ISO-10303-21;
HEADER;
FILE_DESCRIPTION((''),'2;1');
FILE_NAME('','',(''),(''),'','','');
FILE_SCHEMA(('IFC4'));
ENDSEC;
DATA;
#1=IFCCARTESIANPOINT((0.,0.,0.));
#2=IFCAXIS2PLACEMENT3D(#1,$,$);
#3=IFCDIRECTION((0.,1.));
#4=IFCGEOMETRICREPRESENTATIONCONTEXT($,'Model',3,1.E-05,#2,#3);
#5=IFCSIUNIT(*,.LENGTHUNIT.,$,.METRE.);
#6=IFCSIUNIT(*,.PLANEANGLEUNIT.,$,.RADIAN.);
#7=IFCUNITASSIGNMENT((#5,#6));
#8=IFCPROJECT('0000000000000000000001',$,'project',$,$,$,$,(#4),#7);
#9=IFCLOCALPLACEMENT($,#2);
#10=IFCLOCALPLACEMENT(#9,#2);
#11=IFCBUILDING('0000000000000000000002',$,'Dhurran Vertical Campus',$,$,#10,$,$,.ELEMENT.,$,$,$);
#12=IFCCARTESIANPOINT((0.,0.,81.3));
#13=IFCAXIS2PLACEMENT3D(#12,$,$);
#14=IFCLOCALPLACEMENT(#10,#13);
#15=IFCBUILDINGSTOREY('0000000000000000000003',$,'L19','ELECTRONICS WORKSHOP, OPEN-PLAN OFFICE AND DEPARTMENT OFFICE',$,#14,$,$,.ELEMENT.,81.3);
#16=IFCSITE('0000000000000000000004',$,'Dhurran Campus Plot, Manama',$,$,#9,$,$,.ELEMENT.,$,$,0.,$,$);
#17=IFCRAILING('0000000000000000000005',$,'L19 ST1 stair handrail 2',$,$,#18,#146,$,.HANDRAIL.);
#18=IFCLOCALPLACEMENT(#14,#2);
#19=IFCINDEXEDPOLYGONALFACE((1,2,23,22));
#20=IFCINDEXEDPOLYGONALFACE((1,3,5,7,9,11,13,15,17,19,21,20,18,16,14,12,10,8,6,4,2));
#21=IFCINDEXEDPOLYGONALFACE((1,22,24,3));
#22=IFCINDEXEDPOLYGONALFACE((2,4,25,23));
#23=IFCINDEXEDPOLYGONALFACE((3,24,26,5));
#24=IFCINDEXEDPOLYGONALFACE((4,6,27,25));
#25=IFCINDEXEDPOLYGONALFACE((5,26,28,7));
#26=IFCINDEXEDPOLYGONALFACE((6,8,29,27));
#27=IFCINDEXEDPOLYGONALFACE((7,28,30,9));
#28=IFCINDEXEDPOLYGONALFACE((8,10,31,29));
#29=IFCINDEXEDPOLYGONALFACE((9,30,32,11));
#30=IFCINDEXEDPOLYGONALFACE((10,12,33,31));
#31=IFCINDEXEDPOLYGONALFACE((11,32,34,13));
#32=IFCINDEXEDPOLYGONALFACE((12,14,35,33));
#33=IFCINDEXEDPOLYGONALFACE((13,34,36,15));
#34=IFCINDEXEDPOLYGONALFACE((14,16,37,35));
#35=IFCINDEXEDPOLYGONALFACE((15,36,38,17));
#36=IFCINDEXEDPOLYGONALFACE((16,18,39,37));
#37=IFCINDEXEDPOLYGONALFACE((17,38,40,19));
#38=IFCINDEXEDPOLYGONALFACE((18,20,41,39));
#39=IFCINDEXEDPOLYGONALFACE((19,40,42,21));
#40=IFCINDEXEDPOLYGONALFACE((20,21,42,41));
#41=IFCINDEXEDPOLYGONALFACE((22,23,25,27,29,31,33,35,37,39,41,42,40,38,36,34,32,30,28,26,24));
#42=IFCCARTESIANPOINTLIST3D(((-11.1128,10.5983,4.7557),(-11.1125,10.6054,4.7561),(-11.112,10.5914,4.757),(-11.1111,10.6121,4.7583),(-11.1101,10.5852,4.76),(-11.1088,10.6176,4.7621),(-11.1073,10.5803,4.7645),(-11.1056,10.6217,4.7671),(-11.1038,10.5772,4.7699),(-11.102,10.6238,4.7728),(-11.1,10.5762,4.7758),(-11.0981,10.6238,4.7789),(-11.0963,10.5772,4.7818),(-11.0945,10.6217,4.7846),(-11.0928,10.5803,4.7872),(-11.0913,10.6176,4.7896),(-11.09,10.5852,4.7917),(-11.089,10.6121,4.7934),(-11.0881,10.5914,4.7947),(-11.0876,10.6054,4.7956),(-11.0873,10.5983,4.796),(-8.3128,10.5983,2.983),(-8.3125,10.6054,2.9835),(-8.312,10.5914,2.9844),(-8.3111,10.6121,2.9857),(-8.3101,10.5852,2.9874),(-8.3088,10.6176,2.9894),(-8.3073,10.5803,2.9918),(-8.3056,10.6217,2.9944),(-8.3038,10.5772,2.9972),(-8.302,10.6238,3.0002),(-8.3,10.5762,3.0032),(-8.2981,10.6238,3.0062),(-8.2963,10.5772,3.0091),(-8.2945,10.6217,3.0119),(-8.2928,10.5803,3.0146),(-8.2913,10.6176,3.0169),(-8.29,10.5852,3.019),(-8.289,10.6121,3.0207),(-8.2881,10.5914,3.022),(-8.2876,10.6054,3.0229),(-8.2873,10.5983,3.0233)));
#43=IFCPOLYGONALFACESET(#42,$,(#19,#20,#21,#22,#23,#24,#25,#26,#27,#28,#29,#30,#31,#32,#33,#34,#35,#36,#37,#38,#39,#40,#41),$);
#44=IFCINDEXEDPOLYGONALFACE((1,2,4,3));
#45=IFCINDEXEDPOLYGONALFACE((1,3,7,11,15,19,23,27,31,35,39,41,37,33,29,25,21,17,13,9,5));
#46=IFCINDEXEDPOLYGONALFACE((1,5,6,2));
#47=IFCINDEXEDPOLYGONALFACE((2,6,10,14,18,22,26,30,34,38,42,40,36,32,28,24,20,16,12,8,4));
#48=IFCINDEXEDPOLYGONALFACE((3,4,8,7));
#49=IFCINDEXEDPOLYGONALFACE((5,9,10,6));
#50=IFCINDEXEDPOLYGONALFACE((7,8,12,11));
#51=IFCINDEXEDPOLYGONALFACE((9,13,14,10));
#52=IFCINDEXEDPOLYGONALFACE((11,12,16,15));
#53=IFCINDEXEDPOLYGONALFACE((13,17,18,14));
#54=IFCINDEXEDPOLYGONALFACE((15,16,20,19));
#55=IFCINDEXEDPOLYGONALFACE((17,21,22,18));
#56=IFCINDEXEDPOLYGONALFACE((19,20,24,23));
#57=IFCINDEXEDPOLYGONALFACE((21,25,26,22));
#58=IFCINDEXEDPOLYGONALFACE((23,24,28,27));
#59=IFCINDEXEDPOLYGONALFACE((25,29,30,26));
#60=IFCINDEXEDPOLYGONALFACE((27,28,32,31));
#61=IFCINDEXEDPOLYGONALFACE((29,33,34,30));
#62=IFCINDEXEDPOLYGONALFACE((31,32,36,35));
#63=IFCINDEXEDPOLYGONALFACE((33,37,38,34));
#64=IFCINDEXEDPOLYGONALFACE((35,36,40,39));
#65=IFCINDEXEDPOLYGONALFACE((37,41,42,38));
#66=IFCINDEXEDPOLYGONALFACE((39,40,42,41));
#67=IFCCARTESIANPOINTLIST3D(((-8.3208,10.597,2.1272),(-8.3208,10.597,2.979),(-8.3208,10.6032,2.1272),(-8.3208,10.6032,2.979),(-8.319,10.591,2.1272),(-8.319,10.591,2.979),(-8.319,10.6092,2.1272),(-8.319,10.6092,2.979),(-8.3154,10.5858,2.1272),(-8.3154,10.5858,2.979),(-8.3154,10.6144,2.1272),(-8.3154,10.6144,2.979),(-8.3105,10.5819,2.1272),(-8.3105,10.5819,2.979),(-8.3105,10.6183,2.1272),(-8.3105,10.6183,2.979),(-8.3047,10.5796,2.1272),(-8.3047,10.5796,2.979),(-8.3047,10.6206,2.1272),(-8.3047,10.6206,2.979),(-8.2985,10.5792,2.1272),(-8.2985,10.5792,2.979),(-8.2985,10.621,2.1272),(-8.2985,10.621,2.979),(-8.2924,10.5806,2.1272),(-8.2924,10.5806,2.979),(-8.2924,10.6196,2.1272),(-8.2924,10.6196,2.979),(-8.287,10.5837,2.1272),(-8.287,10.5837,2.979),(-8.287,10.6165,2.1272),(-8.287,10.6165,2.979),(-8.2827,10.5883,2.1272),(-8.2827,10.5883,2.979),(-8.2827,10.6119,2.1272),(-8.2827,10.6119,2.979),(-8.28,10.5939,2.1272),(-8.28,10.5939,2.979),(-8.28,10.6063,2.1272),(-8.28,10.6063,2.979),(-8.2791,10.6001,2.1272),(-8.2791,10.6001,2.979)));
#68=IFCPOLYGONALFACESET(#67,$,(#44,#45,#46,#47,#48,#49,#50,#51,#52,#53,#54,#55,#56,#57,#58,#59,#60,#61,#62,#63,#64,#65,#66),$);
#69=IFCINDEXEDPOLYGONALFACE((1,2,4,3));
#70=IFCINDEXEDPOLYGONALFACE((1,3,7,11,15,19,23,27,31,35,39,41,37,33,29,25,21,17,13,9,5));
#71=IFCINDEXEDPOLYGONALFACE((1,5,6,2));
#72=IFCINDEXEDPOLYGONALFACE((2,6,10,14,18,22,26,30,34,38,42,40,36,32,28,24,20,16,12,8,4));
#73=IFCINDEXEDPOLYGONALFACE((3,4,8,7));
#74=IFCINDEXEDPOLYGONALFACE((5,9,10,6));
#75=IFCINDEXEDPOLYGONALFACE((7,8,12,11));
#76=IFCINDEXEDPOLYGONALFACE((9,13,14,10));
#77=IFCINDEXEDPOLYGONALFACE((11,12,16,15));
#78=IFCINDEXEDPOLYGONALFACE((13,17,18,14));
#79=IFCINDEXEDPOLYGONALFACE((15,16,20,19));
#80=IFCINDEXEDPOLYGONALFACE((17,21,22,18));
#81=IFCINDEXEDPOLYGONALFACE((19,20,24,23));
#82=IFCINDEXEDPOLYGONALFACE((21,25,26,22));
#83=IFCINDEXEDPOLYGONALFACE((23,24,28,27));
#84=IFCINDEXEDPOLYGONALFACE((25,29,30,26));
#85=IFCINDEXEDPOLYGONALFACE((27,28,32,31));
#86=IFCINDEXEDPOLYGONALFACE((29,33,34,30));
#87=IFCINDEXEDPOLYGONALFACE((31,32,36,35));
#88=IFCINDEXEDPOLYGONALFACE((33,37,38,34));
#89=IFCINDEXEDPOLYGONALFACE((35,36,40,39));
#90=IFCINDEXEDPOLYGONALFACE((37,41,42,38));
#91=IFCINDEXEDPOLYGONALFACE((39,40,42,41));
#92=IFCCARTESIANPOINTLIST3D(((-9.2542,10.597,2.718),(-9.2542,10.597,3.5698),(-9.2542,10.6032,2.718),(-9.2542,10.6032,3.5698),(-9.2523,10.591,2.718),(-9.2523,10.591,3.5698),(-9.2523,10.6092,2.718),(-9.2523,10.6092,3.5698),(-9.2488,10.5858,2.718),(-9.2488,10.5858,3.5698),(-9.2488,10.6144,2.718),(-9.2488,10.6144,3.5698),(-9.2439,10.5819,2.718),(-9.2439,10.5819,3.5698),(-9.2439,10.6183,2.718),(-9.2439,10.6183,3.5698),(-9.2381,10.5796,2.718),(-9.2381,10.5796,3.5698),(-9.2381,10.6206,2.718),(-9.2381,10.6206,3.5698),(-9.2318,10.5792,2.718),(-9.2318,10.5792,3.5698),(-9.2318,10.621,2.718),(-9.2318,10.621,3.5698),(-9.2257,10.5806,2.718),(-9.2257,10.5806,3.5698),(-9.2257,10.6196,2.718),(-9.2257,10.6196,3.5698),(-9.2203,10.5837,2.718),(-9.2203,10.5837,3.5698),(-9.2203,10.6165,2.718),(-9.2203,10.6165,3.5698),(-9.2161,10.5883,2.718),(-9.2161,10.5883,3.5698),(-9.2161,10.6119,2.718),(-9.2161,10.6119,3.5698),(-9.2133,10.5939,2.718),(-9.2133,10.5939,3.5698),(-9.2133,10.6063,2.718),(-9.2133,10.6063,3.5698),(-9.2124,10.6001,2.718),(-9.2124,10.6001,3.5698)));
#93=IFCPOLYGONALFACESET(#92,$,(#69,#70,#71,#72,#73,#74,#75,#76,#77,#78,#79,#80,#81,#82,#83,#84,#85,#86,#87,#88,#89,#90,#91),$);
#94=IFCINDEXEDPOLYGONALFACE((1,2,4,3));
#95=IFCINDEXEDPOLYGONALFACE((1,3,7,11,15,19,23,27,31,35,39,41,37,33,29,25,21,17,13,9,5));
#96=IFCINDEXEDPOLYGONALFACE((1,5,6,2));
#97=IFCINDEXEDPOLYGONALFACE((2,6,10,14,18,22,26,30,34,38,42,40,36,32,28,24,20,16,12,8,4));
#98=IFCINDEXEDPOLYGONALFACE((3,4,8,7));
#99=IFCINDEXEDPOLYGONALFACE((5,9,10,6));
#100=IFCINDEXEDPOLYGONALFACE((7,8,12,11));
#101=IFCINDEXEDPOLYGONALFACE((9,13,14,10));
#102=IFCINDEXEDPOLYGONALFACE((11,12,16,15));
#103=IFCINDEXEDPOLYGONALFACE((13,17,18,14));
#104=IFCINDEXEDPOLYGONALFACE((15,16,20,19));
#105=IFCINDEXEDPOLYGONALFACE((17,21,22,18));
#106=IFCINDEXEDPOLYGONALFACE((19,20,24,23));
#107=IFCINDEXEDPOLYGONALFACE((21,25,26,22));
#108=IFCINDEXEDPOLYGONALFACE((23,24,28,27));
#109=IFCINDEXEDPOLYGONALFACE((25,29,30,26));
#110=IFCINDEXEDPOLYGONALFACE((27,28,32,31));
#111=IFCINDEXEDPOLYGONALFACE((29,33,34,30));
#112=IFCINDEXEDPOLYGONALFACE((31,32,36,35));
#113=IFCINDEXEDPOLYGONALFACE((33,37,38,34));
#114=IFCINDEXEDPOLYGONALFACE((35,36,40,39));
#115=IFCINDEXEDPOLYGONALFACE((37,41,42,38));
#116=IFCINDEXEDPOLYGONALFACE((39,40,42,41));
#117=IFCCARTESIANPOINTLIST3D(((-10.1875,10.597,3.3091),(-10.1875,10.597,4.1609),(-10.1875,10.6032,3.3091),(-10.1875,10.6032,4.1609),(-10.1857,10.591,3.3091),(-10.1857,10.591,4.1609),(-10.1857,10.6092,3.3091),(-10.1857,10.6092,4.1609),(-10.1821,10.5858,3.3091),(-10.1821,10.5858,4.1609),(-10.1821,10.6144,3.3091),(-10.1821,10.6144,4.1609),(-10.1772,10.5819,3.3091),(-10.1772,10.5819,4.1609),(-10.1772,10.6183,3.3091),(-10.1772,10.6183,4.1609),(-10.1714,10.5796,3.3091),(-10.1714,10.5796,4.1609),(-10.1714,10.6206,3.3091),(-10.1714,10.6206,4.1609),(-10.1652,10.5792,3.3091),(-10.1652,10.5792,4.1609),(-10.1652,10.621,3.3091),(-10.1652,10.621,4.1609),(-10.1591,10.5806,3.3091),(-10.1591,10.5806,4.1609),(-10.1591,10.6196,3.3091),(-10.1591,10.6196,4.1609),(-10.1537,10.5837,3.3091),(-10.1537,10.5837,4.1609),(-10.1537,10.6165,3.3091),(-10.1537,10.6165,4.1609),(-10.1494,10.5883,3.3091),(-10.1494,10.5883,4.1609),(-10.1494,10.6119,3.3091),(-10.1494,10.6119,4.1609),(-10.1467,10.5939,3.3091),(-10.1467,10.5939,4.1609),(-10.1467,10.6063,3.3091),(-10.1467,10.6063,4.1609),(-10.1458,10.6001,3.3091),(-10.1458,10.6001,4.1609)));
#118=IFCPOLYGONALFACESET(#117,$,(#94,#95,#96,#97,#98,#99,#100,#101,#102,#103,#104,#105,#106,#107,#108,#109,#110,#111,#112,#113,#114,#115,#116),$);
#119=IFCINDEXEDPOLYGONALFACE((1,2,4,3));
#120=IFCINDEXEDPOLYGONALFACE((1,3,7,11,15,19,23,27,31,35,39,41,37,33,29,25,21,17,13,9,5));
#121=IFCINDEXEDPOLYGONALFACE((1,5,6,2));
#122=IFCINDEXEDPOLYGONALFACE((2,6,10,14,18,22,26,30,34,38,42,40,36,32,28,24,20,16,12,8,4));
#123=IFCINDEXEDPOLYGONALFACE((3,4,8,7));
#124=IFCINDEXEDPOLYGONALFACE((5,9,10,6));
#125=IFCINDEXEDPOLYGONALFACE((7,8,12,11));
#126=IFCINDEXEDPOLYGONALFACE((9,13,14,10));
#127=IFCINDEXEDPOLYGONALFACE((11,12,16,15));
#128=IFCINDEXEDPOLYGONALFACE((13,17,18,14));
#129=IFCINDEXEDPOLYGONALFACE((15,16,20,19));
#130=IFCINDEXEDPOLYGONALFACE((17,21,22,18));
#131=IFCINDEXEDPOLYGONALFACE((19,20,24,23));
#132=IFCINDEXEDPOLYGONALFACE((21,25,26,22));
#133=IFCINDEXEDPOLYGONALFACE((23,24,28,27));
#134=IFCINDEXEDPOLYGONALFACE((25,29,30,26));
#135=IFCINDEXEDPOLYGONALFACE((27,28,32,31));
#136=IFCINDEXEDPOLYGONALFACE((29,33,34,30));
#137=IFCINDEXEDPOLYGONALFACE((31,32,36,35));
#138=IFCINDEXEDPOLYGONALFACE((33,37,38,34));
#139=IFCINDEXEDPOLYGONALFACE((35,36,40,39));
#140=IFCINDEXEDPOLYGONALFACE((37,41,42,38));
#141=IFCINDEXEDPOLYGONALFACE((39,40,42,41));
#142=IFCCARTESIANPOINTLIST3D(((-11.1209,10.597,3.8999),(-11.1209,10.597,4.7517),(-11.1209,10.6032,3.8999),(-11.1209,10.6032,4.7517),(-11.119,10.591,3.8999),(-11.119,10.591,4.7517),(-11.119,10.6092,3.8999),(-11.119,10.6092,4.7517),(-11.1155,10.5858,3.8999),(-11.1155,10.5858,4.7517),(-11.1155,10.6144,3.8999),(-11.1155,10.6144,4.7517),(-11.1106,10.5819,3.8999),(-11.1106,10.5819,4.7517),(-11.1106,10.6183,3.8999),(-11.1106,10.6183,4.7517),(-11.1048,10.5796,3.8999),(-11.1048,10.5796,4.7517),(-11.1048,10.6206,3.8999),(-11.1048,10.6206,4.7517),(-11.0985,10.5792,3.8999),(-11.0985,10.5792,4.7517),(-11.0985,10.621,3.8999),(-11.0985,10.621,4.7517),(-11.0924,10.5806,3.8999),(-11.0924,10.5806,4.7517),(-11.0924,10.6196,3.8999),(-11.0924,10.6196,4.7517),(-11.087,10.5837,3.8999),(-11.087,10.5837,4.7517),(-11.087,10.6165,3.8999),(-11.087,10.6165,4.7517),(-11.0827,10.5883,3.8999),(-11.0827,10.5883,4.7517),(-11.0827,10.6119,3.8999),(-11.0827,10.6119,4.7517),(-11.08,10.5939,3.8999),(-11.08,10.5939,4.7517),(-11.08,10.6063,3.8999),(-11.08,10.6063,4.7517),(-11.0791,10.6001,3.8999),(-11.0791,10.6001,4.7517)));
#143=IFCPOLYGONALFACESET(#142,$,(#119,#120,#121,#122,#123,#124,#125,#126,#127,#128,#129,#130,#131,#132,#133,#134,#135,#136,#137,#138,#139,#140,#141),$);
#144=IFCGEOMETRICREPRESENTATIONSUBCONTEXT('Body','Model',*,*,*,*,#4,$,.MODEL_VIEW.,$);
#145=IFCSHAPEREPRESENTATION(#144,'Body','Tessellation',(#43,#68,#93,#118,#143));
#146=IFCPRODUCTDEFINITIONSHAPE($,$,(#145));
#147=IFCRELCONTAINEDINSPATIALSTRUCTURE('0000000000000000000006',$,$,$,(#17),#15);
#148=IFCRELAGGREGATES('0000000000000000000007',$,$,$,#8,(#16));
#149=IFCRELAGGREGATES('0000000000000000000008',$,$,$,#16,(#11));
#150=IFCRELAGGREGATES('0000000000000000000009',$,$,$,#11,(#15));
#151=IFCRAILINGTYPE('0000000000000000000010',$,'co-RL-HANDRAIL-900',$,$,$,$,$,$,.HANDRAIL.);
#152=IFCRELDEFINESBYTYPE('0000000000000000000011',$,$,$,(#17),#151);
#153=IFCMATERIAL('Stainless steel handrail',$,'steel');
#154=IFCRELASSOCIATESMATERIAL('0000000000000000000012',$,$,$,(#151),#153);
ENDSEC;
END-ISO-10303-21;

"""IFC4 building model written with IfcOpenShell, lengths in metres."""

from ifc_helpers import new_model, si_unit, direction, frame, origin, origin_2d, place, context, subcontext, project, spatial, circle, extrude, material, type_object, element, save


model = new_model("IFC4")

# Units and contexts
model_context = context("Model", 3, precision=1e-05, world=origin(), true_north=direction((0.0, 1.0)))
body_context = subcontext(model_context, "Body", "Model", "MODEL_VIEW")
ifc_project = project(units=[si_unit("LENGTHUNIT", "METRE"), si_unit("PLANEANGLEUNIT", "RADIAN")], contexts=[model_context])

# Site, building, storey
site_placement = place(None, origin())
site = spatial("IfcSite", under=ifc_project, at=site_placement, Name="Dhurran Campus Plot, Manama", CompositionType="ELEMENT", RefElevation=0.0)
building_placement = place(site_placement, origin())
building = spatial("IfcBuilding", under=site, at=building_placement, Name="Dhurran Vertical Campus", CompositionType="ELEMENT")
storey_placement = place(building_placement, frame((0.0, 0.0, 81.3)))
storey = spatial("IfcBuildingStorey", under=building, at=storey_placement, Name="L19", Description="ELECTRONICS WORKSHOP, OPEN-PLAN OFFICE AND DEPARTMENT OFFICE", CompositionType="ELEMENT", Elevation=81.3)

# Railing
ifc_material_1 = material(Name="Stainless steel handrail", Category="steel")
railing_type = type_object("IfcRailingType", Name="co-RL-HANDRAIL-900", PredefinedType="HANDRAIL", material=ifc_material_1)
railing_placement = place(storey_placement, frame((-8.3, 10.6001, 2.1272)))
element("IfcRailing", 1, at=railing_placement, inside=storey, type_object=railing_type, Name="L19 ST1 stair handrail 2", PredefinedType="HANDRAIL", context=body_context, shape_type="SweptSolid", body=[
    extrude(circle(Radius=0.0239, at=origin_2d()), frame((0.0, 0.0, 0.876), z_axis=(-0.844909, 0.0, 0.53491), x_axis=(0.0, -1.0, 0.0)), (0.0, 0.0, 1.0), 3.314),
    extrude(circle(Radius=0.021, at=origin_2d()), origin(), (0.0, 0.0, 1.0), 0.8518),
    extrude(circle(Radius=0.021, at=origin_2d()), frame((-0.9333, 0.0, 0.5908)), (0.0, 0.0, 1.0), 0.8518),
    extrude(circle(Radius=0.021, at=origin_2d()), frame((-1.8667, 0.0, 1.1819)), (0.0, 0.0, 1.0), 0.8518),
    extrude(circle(Radius=0.021, at=origin_2d()), frame((-2.8, 0.0, 1.7727)), (0.0, 0.0, 1.0), 0.8518),
])

save(model, "model.ifc")
